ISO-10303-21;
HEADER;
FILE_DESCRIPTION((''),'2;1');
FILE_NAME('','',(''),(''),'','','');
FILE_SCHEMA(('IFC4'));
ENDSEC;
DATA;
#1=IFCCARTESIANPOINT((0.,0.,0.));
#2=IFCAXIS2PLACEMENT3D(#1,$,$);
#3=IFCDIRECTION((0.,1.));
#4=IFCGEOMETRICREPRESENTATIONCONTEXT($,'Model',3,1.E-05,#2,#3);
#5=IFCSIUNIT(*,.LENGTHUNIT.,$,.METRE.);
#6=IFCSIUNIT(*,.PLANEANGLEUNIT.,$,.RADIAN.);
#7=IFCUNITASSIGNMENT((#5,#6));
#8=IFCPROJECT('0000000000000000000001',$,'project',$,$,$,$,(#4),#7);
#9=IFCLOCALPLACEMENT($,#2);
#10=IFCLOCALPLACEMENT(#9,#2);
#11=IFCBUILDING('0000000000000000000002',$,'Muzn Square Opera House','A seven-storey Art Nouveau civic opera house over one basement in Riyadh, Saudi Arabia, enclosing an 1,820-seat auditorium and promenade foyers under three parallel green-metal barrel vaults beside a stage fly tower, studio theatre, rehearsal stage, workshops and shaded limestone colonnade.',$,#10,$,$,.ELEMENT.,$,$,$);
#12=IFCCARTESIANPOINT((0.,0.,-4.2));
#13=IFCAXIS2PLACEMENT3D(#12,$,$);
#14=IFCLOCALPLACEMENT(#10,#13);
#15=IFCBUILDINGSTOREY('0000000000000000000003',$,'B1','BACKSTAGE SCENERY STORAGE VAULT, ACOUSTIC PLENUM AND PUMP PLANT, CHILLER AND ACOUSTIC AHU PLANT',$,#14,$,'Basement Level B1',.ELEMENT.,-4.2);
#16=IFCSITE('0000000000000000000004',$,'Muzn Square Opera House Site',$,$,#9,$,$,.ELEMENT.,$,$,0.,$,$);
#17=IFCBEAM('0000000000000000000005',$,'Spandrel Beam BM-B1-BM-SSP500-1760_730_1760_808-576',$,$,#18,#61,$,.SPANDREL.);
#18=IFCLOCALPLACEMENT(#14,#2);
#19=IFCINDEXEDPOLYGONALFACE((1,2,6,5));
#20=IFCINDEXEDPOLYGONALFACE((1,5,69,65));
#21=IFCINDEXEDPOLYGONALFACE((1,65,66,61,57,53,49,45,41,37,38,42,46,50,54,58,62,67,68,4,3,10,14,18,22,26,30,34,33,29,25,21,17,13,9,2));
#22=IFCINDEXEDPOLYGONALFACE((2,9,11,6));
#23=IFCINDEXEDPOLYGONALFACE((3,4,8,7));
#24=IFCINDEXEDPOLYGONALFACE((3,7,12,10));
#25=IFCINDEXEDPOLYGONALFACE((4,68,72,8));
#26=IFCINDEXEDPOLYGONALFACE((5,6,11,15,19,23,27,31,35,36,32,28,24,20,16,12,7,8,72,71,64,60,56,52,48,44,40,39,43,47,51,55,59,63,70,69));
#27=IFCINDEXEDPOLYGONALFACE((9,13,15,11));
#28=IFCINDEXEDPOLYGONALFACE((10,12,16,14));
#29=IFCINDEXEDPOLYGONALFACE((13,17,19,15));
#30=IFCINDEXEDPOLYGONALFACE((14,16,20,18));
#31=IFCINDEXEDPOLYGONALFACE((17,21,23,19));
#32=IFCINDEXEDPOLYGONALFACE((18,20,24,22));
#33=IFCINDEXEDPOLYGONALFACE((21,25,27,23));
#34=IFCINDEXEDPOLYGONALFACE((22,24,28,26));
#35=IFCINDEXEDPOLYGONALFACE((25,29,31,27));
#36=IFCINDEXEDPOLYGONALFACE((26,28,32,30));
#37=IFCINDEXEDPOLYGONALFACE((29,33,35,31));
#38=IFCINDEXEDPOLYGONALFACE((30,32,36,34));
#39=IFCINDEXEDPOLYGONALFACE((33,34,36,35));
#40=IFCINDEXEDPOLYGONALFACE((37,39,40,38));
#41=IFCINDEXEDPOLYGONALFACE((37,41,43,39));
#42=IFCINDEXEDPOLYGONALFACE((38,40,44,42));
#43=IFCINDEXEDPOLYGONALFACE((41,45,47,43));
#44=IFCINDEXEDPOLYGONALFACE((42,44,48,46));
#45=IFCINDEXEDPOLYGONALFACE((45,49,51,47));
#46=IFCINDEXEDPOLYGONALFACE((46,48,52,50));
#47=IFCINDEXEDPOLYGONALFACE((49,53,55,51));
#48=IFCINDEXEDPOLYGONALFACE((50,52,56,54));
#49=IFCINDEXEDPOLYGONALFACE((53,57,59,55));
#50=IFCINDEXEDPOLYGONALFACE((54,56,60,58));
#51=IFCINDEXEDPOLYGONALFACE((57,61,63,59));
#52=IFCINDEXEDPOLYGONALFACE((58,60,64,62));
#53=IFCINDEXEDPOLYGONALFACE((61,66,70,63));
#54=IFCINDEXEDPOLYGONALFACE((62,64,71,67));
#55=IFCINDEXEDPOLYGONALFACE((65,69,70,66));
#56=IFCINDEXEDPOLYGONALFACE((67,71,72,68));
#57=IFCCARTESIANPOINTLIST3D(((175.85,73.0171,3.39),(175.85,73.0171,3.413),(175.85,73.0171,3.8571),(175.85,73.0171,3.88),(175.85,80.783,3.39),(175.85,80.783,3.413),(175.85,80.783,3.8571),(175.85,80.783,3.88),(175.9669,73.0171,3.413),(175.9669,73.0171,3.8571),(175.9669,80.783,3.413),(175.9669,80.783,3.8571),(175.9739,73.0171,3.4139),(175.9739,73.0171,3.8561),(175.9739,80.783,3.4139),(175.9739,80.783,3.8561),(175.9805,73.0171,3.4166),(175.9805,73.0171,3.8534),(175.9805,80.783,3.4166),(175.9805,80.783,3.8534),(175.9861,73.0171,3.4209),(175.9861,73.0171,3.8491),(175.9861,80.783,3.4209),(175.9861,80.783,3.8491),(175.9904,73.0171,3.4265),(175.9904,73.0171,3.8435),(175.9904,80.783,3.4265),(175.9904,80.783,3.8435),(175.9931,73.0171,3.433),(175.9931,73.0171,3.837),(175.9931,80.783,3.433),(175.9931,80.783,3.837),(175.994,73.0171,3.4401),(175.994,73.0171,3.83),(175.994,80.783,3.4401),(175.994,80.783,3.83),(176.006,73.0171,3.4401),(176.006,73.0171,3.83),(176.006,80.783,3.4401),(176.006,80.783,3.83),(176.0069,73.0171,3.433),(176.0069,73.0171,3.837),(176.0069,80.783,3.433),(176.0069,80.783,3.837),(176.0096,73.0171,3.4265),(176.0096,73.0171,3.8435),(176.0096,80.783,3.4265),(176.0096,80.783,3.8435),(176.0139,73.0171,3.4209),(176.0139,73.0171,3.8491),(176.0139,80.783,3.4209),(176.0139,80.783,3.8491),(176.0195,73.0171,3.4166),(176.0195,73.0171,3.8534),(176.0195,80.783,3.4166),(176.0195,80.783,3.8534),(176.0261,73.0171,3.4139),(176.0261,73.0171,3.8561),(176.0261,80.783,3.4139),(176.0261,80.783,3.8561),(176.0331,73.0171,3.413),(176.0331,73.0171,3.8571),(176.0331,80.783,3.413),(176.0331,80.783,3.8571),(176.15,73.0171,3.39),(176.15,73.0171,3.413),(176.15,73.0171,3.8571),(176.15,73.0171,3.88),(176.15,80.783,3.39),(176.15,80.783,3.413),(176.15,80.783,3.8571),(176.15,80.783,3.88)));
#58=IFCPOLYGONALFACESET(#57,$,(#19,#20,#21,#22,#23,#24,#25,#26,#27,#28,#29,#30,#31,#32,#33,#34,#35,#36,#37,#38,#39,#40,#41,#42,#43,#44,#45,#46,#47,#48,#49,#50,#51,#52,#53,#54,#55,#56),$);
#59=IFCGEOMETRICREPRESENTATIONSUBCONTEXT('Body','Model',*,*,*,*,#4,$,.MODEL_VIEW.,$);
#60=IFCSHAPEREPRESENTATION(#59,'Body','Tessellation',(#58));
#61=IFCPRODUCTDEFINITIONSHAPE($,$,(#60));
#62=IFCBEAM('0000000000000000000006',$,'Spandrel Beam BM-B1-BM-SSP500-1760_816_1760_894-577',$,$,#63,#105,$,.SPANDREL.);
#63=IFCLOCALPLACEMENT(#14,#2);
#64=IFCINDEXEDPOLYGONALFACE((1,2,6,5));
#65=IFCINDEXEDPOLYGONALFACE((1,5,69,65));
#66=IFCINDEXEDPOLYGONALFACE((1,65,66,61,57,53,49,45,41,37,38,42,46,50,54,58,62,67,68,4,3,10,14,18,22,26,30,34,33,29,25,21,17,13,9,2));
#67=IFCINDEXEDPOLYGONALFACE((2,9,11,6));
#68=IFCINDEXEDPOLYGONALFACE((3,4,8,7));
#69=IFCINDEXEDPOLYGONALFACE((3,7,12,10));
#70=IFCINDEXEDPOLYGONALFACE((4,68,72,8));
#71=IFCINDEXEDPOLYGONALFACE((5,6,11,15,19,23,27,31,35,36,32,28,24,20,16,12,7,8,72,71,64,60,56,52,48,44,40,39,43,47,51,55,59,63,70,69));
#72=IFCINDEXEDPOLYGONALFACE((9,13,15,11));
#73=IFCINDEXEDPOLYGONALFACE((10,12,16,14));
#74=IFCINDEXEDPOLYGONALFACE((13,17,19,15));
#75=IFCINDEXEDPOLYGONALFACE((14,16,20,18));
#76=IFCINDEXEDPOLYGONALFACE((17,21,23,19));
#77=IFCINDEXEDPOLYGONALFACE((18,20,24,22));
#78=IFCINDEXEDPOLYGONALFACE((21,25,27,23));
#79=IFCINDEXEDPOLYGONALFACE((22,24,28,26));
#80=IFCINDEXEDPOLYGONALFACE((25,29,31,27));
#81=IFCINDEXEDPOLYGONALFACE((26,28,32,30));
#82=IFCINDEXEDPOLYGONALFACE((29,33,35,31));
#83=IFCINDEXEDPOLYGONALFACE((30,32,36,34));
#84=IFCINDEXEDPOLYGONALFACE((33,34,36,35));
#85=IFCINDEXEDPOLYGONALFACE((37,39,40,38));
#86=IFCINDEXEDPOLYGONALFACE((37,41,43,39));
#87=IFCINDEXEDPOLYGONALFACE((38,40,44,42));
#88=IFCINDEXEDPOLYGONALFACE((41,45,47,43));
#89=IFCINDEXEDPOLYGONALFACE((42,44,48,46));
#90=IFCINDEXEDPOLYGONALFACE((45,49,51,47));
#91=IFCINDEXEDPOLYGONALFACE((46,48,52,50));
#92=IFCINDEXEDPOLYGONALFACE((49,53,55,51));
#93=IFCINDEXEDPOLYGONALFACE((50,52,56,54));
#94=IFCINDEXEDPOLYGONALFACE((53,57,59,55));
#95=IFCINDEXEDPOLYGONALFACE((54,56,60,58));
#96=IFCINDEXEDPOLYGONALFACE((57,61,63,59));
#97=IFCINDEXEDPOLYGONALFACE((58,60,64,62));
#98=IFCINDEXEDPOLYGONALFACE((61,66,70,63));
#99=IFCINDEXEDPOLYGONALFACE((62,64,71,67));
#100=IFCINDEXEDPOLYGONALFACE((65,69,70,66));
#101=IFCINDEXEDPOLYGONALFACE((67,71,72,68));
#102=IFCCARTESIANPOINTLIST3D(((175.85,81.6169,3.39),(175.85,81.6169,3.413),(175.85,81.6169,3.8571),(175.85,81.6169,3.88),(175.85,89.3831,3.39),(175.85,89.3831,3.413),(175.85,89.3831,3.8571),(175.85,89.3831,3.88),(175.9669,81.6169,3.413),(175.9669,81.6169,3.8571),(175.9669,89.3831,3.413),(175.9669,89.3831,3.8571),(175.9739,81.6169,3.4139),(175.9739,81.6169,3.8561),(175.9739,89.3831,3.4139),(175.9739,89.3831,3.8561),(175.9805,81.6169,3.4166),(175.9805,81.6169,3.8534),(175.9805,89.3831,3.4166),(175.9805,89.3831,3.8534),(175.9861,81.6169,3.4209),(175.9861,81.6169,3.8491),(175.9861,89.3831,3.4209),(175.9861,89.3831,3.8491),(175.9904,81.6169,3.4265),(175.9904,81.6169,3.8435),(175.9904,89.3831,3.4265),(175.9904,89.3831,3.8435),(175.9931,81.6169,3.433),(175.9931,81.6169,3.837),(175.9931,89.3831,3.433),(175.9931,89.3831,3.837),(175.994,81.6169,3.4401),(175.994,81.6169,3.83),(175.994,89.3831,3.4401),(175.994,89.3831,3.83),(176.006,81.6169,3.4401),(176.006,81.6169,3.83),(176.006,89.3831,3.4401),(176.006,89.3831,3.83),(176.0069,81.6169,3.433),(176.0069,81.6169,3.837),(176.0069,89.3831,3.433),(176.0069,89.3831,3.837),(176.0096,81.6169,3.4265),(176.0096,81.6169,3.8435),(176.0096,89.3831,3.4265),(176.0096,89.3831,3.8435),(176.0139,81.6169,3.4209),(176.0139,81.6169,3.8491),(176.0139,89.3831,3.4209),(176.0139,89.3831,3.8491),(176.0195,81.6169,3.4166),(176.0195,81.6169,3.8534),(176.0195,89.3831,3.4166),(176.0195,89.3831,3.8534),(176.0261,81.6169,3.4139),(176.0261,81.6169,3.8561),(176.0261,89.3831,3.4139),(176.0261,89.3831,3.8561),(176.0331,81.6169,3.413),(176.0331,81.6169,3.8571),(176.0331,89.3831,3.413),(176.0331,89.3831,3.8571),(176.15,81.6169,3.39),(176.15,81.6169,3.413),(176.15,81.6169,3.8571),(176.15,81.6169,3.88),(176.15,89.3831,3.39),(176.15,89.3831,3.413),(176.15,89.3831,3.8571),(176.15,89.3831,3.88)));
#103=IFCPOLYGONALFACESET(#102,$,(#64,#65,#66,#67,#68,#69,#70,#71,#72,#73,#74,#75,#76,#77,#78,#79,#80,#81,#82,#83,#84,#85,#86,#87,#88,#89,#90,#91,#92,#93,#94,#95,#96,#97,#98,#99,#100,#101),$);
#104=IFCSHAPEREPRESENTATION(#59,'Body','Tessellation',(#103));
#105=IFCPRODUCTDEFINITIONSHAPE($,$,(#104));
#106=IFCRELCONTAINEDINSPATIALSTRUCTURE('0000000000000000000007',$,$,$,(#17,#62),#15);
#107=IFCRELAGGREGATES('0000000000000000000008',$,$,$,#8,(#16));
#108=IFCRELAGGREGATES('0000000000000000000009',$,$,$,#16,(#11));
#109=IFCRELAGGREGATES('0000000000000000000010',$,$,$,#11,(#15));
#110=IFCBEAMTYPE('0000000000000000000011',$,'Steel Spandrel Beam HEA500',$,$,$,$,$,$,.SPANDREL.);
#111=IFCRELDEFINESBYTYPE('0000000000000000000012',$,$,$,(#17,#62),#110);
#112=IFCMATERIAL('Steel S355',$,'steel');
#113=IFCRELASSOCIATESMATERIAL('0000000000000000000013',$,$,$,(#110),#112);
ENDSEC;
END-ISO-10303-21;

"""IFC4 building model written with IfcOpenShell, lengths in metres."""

from ifc_helpers import new_model, si_unit, direction, frame, origin, origin_2d, place, context, subcontext, project, spatial, i_section, extrude, material, material_profile, profile_set, type_object, element, save


model = new_model("IFC4")

# Units and contexts
model_context = context("Model", 3, precision=1e-05, world=origin(), true_north=direction((0.0, 1.0)))
body_context = subcontext(model_context, "Body", "Model", "MODEL_VIEW")
ifc_project = project(units=[si_unit("LENGTHUNIT", "METRE"), si_unit("PLANEANGLEUNIT", "RADIAN")], contexts=[model_context])

# Site, building, storey
site_placement = place(None, origin())
site = spatial("IfcSite", under=ifc_project, at=site_placement, Name="Muzn Square Opera House Site", CompositionType="ELEMENT", RefElevation=0.0)
building_placement = place(site_placement, origin())
building = spatial("IfcBuilding", under=site, at=building_placement, Name="Muzn Square Opera House", Description="A seven-storey Art Nouveau civic opera house over one basement in Riyadh, Saudi Arabia, enclosing an 1,820-seat auditorium and promenade foyers under three parallel green-metal barrel vaults beside a stage fly tower, studio theatre, rehearsal stage, workshops and shaded limestone colonnade.", CompositionType="ELEMENT")
storey_placement = place(building_placement, frame((0.0, 0.0, -4.2)))
storey = spatial("IfcBuildingStorey", under=building, at=storey_placement, Name="B1", Description="BACKSTAGE SCENERY STORAGE VAULT, ACOUSTIC PLENUM AND PUMP PLANT, CHILLER AND ACOUSTIC AHU PLANT", LongName="Basement Level B1", CompositionType="ELEMENT", Elevation=-4.2)

# Beams
ifc_material_1 = material(Name="Steel S355", Category="steel")
ifc_material_profile_1 = material_profile(ifc_material_1, i_section(OverallWidth=0.3, OverallDepth=0.49, WebThickness=0.012, FlangeThickness=0.0229, FilletRadius=0.0271, at=origin_2d()), Name="HEA 500", Category="steel")
ifc_profile_set_1 = profile_set([ifc_material_profile_1], Name="Steel S355")
beam_type_1 = type_object("IfcBeamType", Name="Steel Spandrel Beam HEA500", PredefinedType="SPANDREL", material=ifc_profile_set_1)
beam_1_placement = place(storey_placement, frame((176.0, 73.0171, 3.635), z_axis=(0.0, 1.0, 0.0), x_axis=(-1.0, 0.0, 0.0)))
element("IfcBeam", 1, at=beam_1_placement, inside=storey, type_object=beam_type_1, Name="Spandrel Beam BM-B1-BM-SSP500-1760_730_1760_808-576", PredefinedType="SPANDREL", context=body_context, shape_type="SweptSolid", body=[
    extrude(i_section(OverallWidth=0.3, OverallDepth=0.49, WebThickness=0.012, FlangeThickness=0.0229, FilletRadius=0.0271, at=origin_2d()), origin(), (0.0, 0.0, 1.0), 7.7659),
])
beam_2_placement = place(storey_placement, frame((176.0, 81.6169, 3.635), z_axis=(0.0, 1.0, 0.0), x_axis=(-1.0, 0.0, 0.0)))
element("IfcBeam", 2, at=beam_2_placement, inside=storey, type_object=beam_type_1, Name="Spandrel Beam BM-B1-BM-SSP500-1760_816_1760_894-577", PredefinedType="SPANDREL", context=body_context, shape_type="SweptSolid", body=[
    extrude(i_section(OverallWidth=0.3, OverallDepth=0.49, WebThickness=0.012, FlangeThickness=0.0229, FilletRadius=0.0271, at=origin_2d()), origin(), (0.0, 0.0, 1.0), 7.7661),
])

save(model, "model.ifc")
